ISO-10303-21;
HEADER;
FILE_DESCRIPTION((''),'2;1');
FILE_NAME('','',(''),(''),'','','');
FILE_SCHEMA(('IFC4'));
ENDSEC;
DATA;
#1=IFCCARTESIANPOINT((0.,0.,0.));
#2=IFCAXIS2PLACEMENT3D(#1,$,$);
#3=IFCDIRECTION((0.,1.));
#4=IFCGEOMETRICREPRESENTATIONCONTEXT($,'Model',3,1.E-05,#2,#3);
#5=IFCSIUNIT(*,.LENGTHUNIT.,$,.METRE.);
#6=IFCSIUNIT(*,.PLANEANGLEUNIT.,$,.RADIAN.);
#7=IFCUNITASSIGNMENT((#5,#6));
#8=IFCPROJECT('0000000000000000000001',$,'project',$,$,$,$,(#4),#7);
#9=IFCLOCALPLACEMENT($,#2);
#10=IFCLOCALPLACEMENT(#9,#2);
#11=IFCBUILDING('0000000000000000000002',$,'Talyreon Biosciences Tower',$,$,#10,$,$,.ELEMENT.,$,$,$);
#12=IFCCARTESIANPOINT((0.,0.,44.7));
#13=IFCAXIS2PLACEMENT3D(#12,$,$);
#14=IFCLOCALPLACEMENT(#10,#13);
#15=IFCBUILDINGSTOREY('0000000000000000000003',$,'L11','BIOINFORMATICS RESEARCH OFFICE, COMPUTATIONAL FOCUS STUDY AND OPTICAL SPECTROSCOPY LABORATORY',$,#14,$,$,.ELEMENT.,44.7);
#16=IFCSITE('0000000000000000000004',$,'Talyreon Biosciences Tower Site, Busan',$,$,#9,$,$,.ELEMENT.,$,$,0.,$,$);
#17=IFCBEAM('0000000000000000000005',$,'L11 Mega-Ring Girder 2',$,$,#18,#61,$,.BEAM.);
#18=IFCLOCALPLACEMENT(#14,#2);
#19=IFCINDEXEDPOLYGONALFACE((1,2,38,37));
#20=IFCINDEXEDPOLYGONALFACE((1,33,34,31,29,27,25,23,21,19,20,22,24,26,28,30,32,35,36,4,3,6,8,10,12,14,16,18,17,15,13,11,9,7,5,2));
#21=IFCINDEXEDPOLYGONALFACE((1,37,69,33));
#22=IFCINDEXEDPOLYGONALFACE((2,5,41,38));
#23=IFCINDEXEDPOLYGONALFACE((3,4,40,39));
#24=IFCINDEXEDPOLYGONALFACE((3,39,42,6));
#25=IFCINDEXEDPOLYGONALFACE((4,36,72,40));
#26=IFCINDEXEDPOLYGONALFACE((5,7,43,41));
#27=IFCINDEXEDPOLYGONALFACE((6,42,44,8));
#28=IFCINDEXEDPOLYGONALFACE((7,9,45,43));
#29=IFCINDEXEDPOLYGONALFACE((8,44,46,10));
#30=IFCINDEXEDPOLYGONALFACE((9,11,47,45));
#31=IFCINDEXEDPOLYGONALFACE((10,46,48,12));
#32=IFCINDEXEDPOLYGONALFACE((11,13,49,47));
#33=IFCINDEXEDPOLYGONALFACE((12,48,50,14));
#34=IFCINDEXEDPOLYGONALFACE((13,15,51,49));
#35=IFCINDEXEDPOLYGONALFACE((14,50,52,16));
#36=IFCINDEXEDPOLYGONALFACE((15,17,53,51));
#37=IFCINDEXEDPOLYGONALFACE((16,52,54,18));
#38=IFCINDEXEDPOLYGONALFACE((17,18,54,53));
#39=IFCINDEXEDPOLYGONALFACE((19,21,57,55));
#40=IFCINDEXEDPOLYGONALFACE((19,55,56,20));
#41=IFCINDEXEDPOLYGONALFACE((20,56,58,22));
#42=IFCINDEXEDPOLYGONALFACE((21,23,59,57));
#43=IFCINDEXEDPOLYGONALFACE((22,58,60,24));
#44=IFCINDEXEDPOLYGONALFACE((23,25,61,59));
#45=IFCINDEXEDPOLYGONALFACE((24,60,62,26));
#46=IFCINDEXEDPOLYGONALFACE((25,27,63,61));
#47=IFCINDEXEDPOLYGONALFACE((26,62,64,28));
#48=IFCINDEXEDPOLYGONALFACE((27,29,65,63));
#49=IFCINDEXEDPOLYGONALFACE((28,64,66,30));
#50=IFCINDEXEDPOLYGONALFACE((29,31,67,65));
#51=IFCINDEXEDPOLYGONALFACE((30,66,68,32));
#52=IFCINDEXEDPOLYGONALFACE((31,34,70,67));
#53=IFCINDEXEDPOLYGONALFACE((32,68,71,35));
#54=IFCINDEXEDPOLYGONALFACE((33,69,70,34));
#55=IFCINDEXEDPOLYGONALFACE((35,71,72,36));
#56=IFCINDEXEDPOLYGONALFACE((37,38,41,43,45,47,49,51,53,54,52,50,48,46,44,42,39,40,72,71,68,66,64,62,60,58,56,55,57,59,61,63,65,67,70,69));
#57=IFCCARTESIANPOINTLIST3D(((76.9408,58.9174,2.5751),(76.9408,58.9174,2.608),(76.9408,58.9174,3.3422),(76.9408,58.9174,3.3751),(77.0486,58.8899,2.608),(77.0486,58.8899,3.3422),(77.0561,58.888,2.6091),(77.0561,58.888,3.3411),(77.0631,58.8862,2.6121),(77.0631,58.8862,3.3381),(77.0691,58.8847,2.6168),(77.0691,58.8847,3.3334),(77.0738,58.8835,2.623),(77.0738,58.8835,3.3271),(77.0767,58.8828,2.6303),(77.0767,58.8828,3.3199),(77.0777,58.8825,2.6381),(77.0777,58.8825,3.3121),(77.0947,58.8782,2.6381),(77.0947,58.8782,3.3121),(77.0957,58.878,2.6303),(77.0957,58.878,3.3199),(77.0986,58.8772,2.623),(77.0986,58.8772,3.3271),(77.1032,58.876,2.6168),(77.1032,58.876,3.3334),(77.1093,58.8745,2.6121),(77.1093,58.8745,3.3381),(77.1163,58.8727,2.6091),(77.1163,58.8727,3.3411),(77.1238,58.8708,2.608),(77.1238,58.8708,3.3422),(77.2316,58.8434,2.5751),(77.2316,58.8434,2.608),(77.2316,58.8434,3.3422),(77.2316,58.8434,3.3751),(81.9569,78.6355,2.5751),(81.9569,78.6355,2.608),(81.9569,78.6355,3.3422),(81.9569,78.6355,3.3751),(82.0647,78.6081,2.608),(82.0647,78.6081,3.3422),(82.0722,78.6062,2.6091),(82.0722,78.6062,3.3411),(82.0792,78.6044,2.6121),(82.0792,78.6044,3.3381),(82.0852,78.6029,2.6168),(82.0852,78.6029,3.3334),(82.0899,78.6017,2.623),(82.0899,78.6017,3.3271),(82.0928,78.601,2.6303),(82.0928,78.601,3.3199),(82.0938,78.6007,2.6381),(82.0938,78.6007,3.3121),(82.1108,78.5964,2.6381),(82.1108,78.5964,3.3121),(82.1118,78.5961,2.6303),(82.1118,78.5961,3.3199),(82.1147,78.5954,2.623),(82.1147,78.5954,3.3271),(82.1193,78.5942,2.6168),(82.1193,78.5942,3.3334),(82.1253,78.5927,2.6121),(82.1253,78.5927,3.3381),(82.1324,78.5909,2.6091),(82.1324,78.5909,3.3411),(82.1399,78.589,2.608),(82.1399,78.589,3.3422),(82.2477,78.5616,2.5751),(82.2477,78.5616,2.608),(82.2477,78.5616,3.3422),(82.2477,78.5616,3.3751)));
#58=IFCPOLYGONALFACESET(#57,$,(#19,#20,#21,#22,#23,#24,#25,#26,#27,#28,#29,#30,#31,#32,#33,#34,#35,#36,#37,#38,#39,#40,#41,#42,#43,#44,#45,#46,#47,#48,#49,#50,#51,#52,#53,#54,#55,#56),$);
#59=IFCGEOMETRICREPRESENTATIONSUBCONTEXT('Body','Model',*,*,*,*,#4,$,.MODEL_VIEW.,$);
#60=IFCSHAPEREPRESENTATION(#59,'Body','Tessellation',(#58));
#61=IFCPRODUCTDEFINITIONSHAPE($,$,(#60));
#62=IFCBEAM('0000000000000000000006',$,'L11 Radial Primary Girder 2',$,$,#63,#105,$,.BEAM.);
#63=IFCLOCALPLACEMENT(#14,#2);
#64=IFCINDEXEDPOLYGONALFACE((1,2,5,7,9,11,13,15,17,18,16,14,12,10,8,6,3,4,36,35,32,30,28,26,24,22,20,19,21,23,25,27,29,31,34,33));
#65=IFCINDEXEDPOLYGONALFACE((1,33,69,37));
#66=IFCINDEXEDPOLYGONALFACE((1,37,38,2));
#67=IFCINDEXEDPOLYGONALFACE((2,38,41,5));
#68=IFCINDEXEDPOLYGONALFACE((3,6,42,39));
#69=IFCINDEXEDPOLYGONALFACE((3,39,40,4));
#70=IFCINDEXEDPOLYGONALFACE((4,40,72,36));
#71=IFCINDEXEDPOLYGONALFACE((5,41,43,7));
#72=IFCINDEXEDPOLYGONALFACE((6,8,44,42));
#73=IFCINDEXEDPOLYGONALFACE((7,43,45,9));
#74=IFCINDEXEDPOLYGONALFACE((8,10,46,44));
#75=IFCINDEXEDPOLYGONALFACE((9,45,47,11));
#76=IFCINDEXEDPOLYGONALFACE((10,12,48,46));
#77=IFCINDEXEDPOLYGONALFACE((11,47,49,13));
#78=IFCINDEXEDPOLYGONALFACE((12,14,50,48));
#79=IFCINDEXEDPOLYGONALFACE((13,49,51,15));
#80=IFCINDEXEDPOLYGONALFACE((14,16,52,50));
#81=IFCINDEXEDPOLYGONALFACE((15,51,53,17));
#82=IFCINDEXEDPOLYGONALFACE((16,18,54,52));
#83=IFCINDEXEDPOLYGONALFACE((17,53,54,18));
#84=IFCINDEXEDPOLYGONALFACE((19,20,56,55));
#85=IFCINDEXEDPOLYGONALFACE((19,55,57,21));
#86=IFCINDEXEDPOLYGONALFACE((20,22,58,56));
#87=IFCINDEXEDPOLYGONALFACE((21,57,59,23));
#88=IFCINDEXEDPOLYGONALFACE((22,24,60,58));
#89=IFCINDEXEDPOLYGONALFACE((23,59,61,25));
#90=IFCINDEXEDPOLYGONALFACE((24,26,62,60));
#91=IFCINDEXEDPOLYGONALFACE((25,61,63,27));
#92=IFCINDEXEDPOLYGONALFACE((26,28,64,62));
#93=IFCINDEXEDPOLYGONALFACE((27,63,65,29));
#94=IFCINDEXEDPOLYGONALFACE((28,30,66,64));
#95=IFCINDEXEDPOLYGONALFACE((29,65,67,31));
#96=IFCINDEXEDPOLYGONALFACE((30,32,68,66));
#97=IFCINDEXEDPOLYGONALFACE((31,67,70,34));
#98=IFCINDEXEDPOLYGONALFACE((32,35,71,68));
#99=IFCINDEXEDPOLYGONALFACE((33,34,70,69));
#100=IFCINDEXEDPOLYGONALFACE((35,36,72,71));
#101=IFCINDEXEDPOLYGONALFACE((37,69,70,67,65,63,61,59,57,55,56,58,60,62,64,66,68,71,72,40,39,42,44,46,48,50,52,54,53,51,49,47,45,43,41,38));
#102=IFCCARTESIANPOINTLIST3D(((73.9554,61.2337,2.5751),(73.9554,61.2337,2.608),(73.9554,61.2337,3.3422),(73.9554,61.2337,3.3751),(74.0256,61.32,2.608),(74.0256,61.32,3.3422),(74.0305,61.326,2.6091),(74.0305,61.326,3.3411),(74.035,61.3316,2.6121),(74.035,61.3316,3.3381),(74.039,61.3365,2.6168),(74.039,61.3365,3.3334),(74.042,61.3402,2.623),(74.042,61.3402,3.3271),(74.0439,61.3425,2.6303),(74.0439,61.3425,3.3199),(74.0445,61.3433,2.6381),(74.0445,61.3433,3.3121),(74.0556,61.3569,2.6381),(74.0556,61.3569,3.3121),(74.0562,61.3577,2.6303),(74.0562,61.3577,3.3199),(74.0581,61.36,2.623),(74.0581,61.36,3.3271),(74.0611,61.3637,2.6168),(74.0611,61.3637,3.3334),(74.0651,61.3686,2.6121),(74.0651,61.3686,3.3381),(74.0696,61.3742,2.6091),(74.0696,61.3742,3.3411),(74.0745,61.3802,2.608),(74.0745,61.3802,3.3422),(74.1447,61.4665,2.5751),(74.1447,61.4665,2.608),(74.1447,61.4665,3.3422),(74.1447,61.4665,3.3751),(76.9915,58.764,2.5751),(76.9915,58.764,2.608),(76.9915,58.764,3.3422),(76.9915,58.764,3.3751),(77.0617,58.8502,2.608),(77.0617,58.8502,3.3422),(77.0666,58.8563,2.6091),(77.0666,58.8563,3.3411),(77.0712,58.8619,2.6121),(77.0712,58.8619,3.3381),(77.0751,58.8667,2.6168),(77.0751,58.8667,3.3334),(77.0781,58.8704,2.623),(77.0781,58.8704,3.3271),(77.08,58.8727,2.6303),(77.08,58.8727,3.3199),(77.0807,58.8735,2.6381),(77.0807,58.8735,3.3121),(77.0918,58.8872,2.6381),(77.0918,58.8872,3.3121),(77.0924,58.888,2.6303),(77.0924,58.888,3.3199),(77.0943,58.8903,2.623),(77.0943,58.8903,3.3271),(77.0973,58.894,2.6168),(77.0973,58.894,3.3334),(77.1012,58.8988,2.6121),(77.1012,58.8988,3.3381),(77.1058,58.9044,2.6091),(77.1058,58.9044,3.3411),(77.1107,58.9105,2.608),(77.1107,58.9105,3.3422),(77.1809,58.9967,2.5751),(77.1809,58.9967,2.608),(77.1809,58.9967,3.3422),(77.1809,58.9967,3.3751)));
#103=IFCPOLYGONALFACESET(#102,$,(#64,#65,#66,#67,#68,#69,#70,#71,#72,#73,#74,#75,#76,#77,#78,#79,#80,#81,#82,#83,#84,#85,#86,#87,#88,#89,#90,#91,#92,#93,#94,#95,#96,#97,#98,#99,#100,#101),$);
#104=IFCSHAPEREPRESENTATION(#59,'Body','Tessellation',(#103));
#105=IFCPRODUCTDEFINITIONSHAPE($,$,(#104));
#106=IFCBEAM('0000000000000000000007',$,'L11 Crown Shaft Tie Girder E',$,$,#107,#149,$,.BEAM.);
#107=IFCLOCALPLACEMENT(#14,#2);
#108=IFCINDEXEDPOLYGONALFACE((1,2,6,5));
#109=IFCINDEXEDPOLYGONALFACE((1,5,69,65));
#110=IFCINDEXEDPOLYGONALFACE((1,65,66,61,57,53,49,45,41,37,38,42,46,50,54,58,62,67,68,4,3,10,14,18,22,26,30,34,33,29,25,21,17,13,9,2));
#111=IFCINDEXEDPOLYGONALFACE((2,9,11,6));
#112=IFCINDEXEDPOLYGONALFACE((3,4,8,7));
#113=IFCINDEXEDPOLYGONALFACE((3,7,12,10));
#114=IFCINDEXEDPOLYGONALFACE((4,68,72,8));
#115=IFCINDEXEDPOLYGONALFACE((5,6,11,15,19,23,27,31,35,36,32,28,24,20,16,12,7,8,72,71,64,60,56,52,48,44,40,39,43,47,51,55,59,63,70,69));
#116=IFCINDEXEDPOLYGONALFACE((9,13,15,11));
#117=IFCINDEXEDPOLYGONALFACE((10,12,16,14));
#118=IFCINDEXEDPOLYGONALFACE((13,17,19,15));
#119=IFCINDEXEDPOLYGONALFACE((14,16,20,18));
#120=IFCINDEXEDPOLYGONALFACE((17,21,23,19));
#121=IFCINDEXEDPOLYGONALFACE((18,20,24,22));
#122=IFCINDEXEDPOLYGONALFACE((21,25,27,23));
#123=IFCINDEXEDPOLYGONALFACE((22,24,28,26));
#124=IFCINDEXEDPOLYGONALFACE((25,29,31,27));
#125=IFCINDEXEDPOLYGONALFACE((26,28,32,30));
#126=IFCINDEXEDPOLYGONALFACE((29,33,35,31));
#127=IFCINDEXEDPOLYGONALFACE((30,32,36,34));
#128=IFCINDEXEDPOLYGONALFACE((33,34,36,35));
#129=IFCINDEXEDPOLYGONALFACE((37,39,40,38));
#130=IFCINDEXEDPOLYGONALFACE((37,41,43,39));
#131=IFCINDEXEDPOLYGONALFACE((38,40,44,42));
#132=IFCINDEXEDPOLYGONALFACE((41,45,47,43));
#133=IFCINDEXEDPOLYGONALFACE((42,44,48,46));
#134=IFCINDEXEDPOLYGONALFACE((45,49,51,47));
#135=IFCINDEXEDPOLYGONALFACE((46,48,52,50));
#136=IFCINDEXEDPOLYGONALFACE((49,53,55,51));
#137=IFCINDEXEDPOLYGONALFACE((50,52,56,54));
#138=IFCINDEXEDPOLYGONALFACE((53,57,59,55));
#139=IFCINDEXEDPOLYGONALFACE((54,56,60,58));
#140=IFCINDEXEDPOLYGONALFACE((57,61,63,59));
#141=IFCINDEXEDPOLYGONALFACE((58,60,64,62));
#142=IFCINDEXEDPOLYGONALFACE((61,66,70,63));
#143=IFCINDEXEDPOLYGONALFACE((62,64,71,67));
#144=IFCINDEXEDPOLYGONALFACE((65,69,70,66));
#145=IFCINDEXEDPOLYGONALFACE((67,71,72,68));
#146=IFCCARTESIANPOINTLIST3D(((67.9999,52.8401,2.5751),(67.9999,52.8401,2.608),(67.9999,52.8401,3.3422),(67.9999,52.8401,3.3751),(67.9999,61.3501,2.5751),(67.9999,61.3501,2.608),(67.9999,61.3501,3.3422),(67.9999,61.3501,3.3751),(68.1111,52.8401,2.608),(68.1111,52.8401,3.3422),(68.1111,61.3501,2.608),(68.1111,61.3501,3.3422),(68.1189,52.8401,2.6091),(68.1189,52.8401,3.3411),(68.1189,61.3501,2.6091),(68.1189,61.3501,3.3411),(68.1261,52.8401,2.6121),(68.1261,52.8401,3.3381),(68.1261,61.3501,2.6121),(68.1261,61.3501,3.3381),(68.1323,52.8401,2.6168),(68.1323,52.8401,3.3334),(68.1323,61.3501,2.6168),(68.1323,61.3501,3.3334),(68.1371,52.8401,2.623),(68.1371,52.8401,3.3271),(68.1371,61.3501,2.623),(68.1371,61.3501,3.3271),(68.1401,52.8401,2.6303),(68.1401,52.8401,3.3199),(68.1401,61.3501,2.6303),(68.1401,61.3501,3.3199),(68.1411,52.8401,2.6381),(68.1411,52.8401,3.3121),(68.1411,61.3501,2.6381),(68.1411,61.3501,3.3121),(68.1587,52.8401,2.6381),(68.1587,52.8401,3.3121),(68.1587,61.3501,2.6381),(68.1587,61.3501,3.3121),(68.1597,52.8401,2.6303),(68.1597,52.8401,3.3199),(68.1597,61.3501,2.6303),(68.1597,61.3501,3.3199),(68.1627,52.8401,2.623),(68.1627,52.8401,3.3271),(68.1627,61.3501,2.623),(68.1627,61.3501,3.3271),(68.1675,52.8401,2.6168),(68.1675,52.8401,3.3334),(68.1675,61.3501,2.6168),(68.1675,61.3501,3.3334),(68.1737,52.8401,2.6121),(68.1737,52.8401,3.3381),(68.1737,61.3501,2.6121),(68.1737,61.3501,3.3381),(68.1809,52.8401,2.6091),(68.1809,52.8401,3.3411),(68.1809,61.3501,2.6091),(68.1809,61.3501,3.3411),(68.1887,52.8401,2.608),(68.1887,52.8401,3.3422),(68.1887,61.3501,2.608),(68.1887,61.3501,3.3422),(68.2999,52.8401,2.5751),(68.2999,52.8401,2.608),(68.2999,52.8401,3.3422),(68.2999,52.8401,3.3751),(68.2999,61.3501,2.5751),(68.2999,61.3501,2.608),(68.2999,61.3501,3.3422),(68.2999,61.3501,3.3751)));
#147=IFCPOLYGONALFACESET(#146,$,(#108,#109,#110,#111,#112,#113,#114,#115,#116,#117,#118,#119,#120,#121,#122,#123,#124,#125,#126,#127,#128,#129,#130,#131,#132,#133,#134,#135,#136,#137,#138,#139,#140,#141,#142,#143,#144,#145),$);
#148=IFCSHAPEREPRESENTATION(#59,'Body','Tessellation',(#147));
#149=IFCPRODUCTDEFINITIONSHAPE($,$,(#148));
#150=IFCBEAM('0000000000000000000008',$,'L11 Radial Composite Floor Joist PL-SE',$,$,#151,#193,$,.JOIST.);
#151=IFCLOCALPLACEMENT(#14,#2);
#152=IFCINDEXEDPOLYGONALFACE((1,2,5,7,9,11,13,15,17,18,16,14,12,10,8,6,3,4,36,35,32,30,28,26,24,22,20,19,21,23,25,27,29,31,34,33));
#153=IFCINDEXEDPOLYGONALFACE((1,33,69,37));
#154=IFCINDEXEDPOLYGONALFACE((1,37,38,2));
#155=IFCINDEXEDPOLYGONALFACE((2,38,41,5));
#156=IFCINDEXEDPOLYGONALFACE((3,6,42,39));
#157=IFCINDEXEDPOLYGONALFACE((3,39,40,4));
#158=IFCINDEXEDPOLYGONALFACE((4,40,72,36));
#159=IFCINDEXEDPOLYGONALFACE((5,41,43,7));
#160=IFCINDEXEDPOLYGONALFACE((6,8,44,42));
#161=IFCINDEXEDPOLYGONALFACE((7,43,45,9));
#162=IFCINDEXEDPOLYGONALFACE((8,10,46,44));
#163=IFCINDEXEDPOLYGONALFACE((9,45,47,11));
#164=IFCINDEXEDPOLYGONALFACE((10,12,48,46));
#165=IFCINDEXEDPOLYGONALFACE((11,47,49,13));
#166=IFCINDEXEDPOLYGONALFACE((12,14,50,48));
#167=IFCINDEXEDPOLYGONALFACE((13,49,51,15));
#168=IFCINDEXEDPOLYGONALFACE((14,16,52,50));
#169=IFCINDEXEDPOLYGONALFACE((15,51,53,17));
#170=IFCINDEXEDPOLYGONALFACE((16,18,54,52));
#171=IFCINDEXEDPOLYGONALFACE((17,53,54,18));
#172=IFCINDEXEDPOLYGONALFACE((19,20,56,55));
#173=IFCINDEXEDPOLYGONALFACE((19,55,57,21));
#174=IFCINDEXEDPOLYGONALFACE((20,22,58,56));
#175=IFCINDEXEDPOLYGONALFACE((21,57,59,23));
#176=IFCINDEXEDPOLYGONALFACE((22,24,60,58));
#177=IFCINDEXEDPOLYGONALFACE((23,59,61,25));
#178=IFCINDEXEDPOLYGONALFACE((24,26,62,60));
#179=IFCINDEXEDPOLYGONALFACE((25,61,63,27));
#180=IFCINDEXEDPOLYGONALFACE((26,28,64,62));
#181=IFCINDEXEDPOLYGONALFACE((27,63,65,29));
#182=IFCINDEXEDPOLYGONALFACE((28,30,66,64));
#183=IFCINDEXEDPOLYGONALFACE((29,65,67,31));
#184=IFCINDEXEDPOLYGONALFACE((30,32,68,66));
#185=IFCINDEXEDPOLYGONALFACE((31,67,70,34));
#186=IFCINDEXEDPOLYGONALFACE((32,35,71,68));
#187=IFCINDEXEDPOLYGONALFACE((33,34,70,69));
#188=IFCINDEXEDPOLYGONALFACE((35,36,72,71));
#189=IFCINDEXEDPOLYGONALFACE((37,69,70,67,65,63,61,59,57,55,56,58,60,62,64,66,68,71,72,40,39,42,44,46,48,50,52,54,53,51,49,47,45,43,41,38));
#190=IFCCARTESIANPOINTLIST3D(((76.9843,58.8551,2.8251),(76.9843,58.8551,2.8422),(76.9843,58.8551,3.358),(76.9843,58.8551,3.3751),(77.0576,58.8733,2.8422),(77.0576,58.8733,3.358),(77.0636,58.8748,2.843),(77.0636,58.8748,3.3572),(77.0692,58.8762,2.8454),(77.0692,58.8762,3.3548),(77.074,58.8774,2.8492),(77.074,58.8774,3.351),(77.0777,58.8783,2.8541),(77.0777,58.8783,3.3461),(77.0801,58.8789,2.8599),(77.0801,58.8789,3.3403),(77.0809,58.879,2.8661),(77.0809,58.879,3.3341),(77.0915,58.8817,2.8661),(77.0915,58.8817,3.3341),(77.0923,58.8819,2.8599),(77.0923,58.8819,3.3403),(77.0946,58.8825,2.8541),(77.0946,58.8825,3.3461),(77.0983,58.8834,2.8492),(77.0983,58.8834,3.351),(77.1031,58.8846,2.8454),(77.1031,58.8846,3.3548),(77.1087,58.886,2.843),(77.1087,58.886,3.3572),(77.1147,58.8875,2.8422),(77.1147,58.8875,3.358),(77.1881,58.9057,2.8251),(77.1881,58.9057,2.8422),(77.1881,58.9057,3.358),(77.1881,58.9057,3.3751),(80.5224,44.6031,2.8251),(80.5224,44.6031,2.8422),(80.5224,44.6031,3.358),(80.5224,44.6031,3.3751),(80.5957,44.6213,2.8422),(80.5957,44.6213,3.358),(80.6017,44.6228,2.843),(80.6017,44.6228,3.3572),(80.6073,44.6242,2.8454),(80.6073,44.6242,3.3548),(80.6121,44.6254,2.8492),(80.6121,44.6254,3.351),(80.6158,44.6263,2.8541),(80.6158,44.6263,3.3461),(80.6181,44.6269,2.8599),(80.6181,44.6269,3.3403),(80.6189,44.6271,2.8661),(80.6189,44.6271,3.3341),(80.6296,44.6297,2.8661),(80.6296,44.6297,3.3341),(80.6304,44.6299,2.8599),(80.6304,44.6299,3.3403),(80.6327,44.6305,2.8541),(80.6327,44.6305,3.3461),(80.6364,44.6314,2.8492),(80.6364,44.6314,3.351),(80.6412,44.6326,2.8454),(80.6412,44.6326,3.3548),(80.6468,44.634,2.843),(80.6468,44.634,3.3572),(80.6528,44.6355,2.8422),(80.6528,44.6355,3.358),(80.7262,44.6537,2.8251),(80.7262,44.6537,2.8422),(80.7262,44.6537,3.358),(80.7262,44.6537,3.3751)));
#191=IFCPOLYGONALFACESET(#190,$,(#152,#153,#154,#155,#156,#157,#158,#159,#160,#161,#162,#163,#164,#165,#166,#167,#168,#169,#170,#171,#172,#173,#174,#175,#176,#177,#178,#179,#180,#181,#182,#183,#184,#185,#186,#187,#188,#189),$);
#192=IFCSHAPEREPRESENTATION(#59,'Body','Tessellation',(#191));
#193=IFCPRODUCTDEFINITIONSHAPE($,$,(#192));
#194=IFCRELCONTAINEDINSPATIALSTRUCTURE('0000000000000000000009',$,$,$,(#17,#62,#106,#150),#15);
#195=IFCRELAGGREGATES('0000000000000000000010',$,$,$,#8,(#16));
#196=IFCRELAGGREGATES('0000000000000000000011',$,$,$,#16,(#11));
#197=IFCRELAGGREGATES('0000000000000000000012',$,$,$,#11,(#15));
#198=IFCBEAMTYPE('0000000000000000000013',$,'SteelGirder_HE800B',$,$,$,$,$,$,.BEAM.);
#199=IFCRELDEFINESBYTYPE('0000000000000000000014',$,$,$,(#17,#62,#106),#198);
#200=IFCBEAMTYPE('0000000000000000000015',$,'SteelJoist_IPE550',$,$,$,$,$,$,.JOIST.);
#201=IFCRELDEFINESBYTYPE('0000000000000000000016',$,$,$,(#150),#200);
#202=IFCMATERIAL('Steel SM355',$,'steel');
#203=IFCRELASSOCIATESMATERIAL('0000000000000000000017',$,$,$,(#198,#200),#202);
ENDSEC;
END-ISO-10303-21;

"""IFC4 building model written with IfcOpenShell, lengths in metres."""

from ifc_helpers import new_model, si_unit, direction, frame, origin, origin_2d, place, context, subcontext, project, spatial, i_section, extrude, material, material_profile, profile_set, type_object, element, save


model = new_model("IFC4")

# Units and contexts
model_context = context("Model", 3, precision=1e-05, world=origin(), true_north=direction((0.0, 1.0)))
body_context = subcontext(model_context, "Body", "Model", "MODEL_VIEW")
ifc_project = project(units=[si_unit("LENGTHUNIT", "METRE"), si_unit("PLANEANGLEUNIT", "RADIAN")], contexts=[model_context])

# Site, building, storey
site_placement = place(None, origin())
site = spatial("IfcSite", under=ifc_project, at=site_placement, Name="Talyreon Biosciences Tower Site, Busan", CompositionType="ELEMENT", RefElevation=0.0)
building_placement = place(site_placement, origin())
building = spatial("IfcBuilding", under=site, at=building_placement, Name="Talyreon Biosciences Tower", CompositionType="ELEMENT")
storey_placement = place(building_placement, frame((0.0, 0.0, 44.7)))
storey = spatial("IfcBuildingStorey", under=building, at=storey_placement, Name="L11", Description="BIOINFORMATICS RESEARCH OFFICE, COMPUTATIONAL FOCUS STUDY AND OPTICAL SPECTROSCOPY LABORATORY", CompositionType="ELEMENT", Elevation=44.7)

# Beams
ifc_material_1 = material(Name="Steel SM355", Category="steel")
ifc_material_profile_1 = material_profile(ifc_material_1, i_section(OverallWidth=0.3, OverallDepth=0.8, WebThickness=0.0176, FlangeThickness=0.033, FilletRadius=0.03, at=origin_2d()), Name="HE800B")
ifc_profile_set_1 = profile_set([ifc_material_profile_1], Name="Steel SM355")
beam_type_1 = type_object("IfcBeamType", Name="SteelGirder_HE800B", PredefinedType="BEAM", material=ifc_profile_set_1)
beam_1_placement = place(storey_placement, frame((77.0862, 58.8804, 2.9751), z_axis=(0.246537, 0.969133, 0.0), x_axis=(-0.969133, 0.246537, 0.0)))
element("IfcBeam", 1, at=beam_1_placement, inside=storey, type_object=beam_type_1, Name="L11 Mega-Ring Girder 2", PredefinedType="BEAM", context=body_context, shape_type="SweptSolid", body=[
    extrude(i_section(OverallWidth=0.3, OverallDepth=0.8, WebThickness=0.0176, FlangeThickness=0.033, FilletRadius=0.03, at=origin_2d()), origin(), (0.0, 0.0, 1.0), 20.3462),
])
beam_2_placement = place(storey_placement, frame((74.05, 61.3501, 2.9751), z_axis=(0.775755, -0.631034, 0.0), x_axis=(0.631034, 0.775755, 0.0)))
element("IfcBeam", 2, at=beam_2_placement, inside=storey, type_object=beam_type_1, Name="L11 Radial Primary Girder 2", PredefinedType="BEAM", context=body_context, shape_type="SweptSolid", body=[
    extrude(i_section(OverallWidth=0.3, OverallDepth=0.8, WebThickness=0.0176, FlangeThickness=0.033, FilletRadius=0.03, at=origin_2d()), origin(), (0.0, 0.0, 1.0), 3.9138),
])
beam_3_placement = place(storey_placement, frame((68.1499, 52.8401, 2.9751), z_axis=(0.0, 1.0, 0.0), x_axis=(-1.0, 0.0, 0.0)))
element("IfcBeam", 3, at=beam_3_placement, inside=storey, type_object=beam_type_1, Name="L11 Crown Shaft Tie Girder E", PredefinedType="BEAM", context=body_context, shape_type="SweptSolid", body=[
    extrude(i_section(OverallWidth=0.3, OverallDepth=0.8, WebThickness=0.0176, FlangeThickness=0.033, FilletRadius=0.03, at=origin_2d()), origin(), (0.0, 0.0, 1.0), 8.51),
])
ifc_material_profile_2 = material_profile(ifc_material_1, i_section(OverallWidth=0.21, OverallDepth=0.55, WebThickness=0.011, FlangeThickness=0.0171, FilletRadius=0.0239, at=origin_2d()), Name="IPE550")
ifc_profile_set_2 = profile_set([ifc_material_profile_2], Name="Steel SM355")
beam_type_2 = type_object("IfcBeamType", Name="SteelJoist_IPE550", PredefinedType="JOIST", material=ifc_profile_set_2)
beam_4_placement = place(storey_placement, frame((77.0862, 58.8804, 3.1001), z_axis=(0.240939, -0.97054, 0.0), x_axis=(0.97054, 0.240939, 0.0)))
element("IfcBeam", 4, at=beam_4_placement, inside=storey, type_object=beam_type_2, Name="L11 Radial Composite Floor Joist PL-SE", PredefinedType="JOIST", context=body_context, shape_type="SweptSolid", body=[
    extrude(i_section(OverallWidth=0.21, OverallDepth=0.55, WebThickness=0.011, FlangeThickness=0.0171, FilletRadius=0.0239, at=origin_2d()), origin(), (0.0, 0.0, 1.0), 14.6846),
])

save(model, "model.ifc")
